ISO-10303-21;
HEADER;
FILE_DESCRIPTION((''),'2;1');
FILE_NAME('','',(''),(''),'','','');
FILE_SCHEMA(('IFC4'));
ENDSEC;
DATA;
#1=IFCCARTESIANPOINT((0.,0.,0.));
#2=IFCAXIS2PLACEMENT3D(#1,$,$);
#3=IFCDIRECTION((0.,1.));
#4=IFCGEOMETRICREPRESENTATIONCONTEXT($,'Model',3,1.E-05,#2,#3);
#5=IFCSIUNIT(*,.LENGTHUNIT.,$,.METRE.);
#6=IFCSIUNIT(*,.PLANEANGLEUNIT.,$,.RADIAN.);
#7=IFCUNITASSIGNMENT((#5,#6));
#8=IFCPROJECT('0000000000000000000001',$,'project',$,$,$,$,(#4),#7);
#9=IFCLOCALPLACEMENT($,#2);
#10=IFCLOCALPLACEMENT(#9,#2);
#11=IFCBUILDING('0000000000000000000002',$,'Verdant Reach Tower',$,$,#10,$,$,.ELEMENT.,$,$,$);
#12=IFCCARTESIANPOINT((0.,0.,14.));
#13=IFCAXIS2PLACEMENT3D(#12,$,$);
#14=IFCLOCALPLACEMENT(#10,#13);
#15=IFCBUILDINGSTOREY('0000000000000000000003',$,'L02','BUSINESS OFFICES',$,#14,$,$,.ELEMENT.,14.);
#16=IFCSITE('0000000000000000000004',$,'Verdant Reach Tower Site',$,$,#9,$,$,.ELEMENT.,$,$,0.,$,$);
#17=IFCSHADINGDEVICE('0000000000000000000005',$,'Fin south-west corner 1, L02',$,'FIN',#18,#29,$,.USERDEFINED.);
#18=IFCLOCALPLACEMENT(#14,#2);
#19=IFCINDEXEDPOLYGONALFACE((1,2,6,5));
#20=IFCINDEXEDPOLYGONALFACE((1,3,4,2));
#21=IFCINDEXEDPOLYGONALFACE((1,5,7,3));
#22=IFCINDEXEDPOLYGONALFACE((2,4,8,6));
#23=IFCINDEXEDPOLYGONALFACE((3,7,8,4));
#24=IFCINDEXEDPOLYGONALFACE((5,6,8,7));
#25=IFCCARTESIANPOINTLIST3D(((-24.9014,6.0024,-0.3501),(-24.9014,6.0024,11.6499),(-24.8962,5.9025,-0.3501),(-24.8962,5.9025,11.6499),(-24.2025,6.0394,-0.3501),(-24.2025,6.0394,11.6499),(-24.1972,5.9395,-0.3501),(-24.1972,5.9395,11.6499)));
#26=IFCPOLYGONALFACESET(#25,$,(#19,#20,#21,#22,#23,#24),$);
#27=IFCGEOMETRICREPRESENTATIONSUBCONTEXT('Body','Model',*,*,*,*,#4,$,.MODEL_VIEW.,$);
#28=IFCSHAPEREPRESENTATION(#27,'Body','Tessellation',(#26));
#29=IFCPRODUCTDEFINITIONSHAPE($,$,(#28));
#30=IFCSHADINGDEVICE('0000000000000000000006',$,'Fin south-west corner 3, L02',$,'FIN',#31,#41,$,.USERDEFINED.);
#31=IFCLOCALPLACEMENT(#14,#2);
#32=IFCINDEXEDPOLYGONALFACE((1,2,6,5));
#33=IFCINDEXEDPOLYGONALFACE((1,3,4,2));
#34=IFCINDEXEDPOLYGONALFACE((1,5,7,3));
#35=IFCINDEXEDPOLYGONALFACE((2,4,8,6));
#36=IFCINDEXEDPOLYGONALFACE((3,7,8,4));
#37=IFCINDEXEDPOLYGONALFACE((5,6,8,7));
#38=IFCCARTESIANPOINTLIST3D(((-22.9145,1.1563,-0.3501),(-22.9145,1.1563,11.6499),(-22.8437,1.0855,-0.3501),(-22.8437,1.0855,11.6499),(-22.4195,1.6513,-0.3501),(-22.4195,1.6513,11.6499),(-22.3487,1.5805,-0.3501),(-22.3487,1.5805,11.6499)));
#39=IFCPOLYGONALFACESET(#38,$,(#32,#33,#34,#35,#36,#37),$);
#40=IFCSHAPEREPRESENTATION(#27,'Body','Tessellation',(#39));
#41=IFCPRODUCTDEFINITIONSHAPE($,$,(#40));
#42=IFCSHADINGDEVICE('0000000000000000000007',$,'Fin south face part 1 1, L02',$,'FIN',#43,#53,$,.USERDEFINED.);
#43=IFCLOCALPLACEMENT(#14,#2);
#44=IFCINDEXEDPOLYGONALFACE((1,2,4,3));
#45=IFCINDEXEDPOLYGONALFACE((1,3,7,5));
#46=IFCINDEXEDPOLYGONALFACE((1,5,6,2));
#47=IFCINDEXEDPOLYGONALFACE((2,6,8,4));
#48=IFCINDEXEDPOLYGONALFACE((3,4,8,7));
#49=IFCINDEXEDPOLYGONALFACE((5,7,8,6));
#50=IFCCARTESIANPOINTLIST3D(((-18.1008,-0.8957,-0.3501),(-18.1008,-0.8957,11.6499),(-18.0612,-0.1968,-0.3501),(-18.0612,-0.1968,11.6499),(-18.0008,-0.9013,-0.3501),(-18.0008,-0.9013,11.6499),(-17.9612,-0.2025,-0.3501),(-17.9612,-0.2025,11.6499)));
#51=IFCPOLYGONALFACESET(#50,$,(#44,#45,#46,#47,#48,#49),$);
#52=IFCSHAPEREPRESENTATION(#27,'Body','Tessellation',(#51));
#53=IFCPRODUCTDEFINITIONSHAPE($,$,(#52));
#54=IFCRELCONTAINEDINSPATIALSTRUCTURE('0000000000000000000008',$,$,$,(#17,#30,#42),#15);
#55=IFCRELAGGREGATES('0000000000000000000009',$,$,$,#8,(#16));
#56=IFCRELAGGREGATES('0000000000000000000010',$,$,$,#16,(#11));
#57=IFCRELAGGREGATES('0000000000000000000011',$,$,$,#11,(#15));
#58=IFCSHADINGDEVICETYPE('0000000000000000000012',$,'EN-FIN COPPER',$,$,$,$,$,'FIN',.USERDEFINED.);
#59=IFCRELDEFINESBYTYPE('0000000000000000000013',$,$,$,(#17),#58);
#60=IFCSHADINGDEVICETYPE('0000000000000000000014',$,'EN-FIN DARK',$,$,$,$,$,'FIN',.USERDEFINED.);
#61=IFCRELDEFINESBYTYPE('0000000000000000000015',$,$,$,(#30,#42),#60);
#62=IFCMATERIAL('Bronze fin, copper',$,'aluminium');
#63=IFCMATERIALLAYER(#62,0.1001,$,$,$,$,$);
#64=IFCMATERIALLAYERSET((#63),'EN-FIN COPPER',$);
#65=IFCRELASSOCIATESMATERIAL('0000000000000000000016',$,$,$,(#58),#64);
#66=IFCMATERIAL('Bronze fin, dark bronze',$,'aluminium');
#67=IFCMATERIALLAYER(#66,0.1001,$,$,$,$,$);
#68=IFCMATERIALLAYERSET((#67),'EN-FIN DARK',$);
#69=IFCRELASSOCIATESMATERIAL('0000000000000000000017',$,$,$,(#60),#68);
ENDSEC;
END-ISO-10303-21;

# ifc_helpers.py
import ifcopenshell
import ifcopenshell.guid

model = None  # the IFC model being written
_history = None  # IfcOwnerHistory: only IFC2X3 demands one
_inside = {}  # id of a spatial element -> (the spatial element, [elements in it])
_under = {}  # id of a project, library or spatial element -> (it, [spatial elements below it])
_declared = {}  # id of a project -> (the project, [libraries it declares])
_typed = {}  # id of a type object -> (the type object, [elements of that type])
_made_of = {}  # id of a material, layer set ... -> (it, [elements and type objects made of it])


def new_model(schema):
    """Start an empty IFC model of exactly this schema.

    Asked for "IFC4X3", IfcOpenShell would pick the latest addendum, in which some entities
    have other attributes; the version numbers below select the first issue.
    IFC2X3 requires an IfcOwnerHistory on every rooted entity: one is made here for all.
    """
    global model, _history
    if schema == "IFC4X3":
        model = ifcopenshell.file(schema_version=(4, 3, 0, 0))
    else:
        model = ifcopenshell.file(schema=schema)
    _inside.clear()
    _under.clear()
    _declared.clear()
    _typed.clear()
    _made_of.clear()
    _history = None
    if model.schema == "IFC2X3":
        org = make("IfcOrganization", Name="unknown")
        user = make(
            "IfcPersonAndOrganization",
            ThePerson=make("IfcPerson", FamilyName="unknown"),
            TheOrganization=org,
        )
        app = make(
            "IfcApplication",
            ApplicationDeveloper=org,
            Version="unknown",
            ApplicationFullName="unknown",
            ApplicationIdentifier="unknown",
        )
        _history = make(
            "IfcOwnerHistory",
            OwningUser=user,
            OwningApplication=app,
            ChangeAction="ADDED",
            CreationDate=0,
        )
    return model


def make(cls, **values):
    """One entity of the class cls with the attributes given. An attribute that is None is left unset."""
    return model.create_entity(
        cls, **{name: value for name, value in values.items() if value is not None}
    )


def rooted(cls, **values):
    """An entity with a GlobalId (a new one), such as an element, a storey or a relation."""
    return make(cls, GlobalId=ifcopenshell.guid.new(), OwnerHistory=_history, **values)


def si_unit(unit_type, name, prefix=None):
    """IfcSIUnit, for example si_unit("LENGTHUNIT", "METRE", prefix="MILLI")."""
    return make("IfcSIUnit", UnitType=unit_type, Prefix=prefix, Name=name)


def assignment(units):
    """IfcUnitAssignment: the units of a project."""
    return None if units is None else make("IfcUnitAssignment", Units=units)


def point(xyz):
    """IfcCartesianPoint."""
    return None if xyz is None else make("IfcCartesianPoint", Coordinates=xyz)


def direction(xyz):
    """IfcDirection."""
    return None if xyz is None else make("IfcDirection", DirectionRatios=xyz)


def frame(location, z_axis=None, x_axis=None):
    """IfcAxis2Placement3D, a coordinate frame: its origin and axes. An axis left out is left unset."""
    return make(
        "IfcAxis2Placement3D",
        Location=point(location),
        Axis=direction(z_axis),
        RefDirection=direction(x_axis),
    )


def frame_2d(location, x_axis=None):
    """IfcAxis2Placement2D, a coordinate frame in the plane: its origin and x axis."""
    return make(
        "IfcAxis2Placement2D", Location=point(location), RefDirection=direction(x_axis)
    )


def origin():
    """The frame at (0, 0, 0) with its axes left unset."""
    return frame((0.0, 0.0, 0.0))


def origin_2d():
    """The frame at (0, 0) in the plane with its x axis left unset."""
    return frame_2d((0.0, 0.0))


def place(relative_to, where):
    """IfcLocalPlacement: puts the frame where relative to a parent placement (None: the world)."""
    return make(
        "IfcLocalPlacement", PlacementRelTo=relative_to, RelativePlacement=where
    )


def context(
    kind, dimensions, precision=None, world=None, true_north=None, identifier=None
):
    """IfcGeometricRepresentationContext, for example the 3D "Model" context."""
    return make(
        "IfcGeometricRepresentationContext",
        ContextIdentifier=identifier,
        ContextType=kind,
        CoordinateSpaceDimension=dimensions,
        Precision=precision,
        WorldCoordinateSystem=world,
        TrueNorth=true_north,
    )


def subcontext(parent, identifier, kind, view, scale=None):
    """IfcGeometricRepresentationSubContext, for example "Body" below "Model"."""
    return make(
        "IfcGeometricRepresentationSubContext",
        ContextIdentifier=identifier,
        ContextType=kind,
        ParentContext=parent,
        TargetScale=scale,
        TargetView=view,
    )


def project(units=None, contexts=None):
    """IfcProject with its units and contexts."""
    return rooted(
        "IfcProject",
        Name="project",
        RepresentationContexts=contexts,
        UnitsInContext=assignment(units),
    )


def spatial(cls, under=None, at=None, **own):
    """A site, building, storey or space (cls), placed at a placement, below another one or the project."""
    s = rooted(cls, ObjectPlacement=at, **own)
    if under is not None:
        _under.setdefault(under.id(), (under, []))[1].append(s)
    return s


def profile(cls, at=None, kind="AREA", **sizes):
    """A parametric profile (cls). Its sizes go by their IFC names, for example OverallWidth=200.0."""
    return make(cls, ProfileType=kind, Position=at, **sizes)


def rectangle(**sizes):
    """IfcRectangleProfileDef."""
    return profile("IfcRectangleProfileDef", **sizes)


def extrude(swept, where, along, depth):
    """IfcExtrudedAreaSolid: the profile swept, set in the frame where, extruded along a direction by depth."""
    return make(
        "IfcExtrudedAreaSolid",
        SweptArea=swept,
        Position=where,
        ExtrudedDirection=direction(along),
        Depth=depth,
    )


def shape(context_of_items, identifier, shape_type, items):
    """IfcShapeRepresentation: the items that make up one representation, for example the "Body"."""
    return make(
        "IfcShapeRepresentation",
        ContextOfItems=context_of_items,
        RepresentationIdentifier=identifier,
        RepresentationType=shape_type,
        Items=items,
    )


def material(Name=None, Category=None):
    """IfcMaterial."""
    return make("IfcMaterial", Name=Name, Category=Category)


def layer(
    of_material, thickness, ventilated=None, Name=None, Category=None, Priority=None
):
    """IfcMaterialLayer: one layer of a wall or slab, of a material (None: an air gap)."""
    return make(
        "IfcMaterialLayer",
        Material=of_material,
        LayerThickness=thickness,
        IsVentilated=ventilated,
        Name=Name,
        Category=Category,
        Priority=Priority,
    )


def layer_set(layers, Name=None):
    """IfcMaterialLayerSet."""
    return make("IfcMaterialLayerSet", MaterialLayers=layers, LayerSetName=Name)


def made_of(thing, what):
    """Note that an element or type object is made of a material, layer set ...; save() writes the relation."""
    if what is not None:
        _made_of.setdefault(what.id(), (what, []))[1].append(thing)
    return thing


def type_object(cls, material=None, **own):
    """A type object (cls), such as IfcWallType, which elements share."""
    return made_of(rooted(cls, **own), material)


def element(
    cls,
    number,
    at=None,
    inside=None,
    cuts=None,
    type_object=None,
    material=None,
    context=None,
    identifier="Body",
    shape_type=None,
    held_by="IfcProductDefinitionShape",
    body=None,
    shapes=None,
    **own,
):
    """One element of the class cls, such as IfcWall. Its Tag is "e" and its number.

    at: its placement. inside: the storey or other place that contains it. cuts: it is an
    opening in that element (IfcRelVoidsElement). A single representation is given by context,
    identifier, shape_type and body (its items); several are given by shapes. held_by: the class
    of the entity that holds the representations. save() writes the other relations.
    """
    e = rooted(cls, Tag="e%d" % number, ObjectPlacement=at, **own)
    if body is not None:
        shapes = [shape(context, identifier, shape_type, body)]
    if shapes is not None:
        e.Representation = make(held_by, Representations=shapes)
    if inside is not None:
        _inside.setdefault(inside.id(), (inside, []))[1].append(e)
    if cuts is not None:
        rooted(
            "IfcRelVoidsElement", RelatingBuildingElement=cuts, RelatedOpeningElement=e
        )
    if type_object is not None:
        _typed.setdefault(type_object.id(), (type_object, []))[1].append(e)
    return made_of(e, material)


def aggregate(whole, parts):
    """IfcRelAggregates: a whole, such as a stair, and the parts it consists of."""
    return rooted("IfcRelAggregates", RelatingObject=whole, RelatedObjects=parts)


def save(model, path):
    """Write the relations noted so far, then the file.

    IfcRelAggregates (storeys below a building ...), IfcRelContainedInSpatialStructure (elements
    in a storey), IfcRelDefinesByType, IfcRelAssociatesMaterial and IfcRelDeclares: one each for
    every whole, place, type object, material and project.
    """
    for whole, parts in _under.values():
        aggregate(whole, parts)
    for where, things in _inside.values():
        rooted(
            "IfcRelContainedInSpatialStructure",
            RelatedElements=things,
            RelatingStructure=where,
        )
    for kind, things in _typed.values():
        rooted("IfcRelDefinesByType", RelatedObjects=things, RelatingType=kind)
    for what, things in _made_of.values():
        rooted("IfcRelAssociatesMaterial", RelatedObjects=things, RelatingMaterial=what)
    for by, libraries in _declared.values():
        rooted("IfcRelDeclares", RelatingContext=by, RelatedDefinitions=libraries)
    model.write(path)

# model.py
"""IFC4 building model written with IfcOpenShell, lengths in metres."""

from ifc_helpers import new_model, si_unit, direction, frame, origin, origin_2d, place, context, subcontext, project, spatial, rectangle, extrude, material, layer, layer_set, type_object, element, save


model = new_model("IFC4")

# Units and contexts
model_context = context("Model", 3, precision=1e-05, world=origin(), true_north=direction((0.0, 1.0)))
body_context = subcontext(model_context, "Body", "Model", "MODEL_VIEW")
ifc_project = project(units=[si_unit("LENGTHUNIT", "METRE"), si_unit("PLANEANGLEUNIT", "RADIAN")], contexts=[model_context])

# Site, building, storey
site_placement = place(None, origin())
site = spatial("IfcSite", under=ifc_project, at=site_placement, Name="Verdant Reach Tower Site", CompositionType="ELEMENT", RefElevation=0.0)
building_placement = place(site_placement, origin())
building = spatial("IfcBuilding", under=site, at=building_placement, Name="Verdant Reach Tower", CompositionType="ELEMENT")
storey_placement = place(building_placement, frame((0.0, 0.0, 14.0)))
storey = spatial("IfcBuildingStorey", under=building, at=storey_placement, Name="L02", Description="BUSINESS OFFICES", CompositionType="ELEMENT", Elevation=14.0)

# Shading devices
ifc_material_1 = material(Name="Bronze fin, copper", Category="aluminium")
ifc_layer_1 = layer(ifc_material_1, 0.1001)
ifc_layer_set_1 = layer_set([ifc_layer_1], Name="EN-FIN COPPER")
shading_device_type_1 = type_object("IfcShadingDeviceType", Name="EN-FIN COPPER", ElementType="FIN", PredefinedType="USERDEFINED", material=ifc_layer_set_1)
shading_device_placement = place(storey_placement, frame((-24.5493, 5.9709, -0.3501), z_axis=(0.0, 0.0, 1.0), x_axis=(0.052815, -0.998604, 0.0)))
element("IfcShadingDevice", 1, at=shading_device_placement, inside=storey, type_object=shading_device_type_1, Name="Fin south-west corner 1, L02", ObjectType="FIN", PredefinedType="USERDEFINED", context=body_context, shape_type="SweptSolid", body=[
    extrude(rectangle(XDim=0.1001, YDim=0.7, at=origin_2d()), origin(), (0.0, 0.0, 1.0), 12.0),
])
ifc_material_2 = material(Name="Bronze fin, dark bronze", Category="aluminium")
ifc_layer_2 = layer(ifc_material_2, 0.1001)
ifc_layer_set_2 = layer_set([ifc_layer_2], Name="EN-FIN DARK")
shading_device_type_2 = type_object("IfcShadingDeviceType", Name="EN-FIN DARK", ElementType="FIN", PredefinedType="USERDEFINED", material=ifc_layer_set_2)
for number, where, z_axis, x_axis, name in (
    (2, (-22.6316, 1.3684, -0.3501), (0.0, 0.0, 1.0), (0.707107, -0.707107, 0.0), "Fin south-west corner 3, L02"),
    (3, (-18.031, -0.5491, -0.3501), (0.0, 0.0, 1.0), (0.998399, -0.056569, 0.0), "Fin south face part 1 1, L02"),
):
    element("IfcShadingDevice", number, at=place(storey_placement, frame(where, z_axis=z_axis, x_axis=x_axis)), inside=storey, type_object=shading_device_type_2, Name=name, ObjectType="FIN", PredefinedType="USERDEFINED", context=body_context, shape_type="SweptSolid", body=[
        extrude(rectangle(XDim=0.1001, YDim=0.7, at=origin_2d()), origin(), (0.0, 0.0, 1.0), 12.0),
    ])

save(model, "model.ifc")
